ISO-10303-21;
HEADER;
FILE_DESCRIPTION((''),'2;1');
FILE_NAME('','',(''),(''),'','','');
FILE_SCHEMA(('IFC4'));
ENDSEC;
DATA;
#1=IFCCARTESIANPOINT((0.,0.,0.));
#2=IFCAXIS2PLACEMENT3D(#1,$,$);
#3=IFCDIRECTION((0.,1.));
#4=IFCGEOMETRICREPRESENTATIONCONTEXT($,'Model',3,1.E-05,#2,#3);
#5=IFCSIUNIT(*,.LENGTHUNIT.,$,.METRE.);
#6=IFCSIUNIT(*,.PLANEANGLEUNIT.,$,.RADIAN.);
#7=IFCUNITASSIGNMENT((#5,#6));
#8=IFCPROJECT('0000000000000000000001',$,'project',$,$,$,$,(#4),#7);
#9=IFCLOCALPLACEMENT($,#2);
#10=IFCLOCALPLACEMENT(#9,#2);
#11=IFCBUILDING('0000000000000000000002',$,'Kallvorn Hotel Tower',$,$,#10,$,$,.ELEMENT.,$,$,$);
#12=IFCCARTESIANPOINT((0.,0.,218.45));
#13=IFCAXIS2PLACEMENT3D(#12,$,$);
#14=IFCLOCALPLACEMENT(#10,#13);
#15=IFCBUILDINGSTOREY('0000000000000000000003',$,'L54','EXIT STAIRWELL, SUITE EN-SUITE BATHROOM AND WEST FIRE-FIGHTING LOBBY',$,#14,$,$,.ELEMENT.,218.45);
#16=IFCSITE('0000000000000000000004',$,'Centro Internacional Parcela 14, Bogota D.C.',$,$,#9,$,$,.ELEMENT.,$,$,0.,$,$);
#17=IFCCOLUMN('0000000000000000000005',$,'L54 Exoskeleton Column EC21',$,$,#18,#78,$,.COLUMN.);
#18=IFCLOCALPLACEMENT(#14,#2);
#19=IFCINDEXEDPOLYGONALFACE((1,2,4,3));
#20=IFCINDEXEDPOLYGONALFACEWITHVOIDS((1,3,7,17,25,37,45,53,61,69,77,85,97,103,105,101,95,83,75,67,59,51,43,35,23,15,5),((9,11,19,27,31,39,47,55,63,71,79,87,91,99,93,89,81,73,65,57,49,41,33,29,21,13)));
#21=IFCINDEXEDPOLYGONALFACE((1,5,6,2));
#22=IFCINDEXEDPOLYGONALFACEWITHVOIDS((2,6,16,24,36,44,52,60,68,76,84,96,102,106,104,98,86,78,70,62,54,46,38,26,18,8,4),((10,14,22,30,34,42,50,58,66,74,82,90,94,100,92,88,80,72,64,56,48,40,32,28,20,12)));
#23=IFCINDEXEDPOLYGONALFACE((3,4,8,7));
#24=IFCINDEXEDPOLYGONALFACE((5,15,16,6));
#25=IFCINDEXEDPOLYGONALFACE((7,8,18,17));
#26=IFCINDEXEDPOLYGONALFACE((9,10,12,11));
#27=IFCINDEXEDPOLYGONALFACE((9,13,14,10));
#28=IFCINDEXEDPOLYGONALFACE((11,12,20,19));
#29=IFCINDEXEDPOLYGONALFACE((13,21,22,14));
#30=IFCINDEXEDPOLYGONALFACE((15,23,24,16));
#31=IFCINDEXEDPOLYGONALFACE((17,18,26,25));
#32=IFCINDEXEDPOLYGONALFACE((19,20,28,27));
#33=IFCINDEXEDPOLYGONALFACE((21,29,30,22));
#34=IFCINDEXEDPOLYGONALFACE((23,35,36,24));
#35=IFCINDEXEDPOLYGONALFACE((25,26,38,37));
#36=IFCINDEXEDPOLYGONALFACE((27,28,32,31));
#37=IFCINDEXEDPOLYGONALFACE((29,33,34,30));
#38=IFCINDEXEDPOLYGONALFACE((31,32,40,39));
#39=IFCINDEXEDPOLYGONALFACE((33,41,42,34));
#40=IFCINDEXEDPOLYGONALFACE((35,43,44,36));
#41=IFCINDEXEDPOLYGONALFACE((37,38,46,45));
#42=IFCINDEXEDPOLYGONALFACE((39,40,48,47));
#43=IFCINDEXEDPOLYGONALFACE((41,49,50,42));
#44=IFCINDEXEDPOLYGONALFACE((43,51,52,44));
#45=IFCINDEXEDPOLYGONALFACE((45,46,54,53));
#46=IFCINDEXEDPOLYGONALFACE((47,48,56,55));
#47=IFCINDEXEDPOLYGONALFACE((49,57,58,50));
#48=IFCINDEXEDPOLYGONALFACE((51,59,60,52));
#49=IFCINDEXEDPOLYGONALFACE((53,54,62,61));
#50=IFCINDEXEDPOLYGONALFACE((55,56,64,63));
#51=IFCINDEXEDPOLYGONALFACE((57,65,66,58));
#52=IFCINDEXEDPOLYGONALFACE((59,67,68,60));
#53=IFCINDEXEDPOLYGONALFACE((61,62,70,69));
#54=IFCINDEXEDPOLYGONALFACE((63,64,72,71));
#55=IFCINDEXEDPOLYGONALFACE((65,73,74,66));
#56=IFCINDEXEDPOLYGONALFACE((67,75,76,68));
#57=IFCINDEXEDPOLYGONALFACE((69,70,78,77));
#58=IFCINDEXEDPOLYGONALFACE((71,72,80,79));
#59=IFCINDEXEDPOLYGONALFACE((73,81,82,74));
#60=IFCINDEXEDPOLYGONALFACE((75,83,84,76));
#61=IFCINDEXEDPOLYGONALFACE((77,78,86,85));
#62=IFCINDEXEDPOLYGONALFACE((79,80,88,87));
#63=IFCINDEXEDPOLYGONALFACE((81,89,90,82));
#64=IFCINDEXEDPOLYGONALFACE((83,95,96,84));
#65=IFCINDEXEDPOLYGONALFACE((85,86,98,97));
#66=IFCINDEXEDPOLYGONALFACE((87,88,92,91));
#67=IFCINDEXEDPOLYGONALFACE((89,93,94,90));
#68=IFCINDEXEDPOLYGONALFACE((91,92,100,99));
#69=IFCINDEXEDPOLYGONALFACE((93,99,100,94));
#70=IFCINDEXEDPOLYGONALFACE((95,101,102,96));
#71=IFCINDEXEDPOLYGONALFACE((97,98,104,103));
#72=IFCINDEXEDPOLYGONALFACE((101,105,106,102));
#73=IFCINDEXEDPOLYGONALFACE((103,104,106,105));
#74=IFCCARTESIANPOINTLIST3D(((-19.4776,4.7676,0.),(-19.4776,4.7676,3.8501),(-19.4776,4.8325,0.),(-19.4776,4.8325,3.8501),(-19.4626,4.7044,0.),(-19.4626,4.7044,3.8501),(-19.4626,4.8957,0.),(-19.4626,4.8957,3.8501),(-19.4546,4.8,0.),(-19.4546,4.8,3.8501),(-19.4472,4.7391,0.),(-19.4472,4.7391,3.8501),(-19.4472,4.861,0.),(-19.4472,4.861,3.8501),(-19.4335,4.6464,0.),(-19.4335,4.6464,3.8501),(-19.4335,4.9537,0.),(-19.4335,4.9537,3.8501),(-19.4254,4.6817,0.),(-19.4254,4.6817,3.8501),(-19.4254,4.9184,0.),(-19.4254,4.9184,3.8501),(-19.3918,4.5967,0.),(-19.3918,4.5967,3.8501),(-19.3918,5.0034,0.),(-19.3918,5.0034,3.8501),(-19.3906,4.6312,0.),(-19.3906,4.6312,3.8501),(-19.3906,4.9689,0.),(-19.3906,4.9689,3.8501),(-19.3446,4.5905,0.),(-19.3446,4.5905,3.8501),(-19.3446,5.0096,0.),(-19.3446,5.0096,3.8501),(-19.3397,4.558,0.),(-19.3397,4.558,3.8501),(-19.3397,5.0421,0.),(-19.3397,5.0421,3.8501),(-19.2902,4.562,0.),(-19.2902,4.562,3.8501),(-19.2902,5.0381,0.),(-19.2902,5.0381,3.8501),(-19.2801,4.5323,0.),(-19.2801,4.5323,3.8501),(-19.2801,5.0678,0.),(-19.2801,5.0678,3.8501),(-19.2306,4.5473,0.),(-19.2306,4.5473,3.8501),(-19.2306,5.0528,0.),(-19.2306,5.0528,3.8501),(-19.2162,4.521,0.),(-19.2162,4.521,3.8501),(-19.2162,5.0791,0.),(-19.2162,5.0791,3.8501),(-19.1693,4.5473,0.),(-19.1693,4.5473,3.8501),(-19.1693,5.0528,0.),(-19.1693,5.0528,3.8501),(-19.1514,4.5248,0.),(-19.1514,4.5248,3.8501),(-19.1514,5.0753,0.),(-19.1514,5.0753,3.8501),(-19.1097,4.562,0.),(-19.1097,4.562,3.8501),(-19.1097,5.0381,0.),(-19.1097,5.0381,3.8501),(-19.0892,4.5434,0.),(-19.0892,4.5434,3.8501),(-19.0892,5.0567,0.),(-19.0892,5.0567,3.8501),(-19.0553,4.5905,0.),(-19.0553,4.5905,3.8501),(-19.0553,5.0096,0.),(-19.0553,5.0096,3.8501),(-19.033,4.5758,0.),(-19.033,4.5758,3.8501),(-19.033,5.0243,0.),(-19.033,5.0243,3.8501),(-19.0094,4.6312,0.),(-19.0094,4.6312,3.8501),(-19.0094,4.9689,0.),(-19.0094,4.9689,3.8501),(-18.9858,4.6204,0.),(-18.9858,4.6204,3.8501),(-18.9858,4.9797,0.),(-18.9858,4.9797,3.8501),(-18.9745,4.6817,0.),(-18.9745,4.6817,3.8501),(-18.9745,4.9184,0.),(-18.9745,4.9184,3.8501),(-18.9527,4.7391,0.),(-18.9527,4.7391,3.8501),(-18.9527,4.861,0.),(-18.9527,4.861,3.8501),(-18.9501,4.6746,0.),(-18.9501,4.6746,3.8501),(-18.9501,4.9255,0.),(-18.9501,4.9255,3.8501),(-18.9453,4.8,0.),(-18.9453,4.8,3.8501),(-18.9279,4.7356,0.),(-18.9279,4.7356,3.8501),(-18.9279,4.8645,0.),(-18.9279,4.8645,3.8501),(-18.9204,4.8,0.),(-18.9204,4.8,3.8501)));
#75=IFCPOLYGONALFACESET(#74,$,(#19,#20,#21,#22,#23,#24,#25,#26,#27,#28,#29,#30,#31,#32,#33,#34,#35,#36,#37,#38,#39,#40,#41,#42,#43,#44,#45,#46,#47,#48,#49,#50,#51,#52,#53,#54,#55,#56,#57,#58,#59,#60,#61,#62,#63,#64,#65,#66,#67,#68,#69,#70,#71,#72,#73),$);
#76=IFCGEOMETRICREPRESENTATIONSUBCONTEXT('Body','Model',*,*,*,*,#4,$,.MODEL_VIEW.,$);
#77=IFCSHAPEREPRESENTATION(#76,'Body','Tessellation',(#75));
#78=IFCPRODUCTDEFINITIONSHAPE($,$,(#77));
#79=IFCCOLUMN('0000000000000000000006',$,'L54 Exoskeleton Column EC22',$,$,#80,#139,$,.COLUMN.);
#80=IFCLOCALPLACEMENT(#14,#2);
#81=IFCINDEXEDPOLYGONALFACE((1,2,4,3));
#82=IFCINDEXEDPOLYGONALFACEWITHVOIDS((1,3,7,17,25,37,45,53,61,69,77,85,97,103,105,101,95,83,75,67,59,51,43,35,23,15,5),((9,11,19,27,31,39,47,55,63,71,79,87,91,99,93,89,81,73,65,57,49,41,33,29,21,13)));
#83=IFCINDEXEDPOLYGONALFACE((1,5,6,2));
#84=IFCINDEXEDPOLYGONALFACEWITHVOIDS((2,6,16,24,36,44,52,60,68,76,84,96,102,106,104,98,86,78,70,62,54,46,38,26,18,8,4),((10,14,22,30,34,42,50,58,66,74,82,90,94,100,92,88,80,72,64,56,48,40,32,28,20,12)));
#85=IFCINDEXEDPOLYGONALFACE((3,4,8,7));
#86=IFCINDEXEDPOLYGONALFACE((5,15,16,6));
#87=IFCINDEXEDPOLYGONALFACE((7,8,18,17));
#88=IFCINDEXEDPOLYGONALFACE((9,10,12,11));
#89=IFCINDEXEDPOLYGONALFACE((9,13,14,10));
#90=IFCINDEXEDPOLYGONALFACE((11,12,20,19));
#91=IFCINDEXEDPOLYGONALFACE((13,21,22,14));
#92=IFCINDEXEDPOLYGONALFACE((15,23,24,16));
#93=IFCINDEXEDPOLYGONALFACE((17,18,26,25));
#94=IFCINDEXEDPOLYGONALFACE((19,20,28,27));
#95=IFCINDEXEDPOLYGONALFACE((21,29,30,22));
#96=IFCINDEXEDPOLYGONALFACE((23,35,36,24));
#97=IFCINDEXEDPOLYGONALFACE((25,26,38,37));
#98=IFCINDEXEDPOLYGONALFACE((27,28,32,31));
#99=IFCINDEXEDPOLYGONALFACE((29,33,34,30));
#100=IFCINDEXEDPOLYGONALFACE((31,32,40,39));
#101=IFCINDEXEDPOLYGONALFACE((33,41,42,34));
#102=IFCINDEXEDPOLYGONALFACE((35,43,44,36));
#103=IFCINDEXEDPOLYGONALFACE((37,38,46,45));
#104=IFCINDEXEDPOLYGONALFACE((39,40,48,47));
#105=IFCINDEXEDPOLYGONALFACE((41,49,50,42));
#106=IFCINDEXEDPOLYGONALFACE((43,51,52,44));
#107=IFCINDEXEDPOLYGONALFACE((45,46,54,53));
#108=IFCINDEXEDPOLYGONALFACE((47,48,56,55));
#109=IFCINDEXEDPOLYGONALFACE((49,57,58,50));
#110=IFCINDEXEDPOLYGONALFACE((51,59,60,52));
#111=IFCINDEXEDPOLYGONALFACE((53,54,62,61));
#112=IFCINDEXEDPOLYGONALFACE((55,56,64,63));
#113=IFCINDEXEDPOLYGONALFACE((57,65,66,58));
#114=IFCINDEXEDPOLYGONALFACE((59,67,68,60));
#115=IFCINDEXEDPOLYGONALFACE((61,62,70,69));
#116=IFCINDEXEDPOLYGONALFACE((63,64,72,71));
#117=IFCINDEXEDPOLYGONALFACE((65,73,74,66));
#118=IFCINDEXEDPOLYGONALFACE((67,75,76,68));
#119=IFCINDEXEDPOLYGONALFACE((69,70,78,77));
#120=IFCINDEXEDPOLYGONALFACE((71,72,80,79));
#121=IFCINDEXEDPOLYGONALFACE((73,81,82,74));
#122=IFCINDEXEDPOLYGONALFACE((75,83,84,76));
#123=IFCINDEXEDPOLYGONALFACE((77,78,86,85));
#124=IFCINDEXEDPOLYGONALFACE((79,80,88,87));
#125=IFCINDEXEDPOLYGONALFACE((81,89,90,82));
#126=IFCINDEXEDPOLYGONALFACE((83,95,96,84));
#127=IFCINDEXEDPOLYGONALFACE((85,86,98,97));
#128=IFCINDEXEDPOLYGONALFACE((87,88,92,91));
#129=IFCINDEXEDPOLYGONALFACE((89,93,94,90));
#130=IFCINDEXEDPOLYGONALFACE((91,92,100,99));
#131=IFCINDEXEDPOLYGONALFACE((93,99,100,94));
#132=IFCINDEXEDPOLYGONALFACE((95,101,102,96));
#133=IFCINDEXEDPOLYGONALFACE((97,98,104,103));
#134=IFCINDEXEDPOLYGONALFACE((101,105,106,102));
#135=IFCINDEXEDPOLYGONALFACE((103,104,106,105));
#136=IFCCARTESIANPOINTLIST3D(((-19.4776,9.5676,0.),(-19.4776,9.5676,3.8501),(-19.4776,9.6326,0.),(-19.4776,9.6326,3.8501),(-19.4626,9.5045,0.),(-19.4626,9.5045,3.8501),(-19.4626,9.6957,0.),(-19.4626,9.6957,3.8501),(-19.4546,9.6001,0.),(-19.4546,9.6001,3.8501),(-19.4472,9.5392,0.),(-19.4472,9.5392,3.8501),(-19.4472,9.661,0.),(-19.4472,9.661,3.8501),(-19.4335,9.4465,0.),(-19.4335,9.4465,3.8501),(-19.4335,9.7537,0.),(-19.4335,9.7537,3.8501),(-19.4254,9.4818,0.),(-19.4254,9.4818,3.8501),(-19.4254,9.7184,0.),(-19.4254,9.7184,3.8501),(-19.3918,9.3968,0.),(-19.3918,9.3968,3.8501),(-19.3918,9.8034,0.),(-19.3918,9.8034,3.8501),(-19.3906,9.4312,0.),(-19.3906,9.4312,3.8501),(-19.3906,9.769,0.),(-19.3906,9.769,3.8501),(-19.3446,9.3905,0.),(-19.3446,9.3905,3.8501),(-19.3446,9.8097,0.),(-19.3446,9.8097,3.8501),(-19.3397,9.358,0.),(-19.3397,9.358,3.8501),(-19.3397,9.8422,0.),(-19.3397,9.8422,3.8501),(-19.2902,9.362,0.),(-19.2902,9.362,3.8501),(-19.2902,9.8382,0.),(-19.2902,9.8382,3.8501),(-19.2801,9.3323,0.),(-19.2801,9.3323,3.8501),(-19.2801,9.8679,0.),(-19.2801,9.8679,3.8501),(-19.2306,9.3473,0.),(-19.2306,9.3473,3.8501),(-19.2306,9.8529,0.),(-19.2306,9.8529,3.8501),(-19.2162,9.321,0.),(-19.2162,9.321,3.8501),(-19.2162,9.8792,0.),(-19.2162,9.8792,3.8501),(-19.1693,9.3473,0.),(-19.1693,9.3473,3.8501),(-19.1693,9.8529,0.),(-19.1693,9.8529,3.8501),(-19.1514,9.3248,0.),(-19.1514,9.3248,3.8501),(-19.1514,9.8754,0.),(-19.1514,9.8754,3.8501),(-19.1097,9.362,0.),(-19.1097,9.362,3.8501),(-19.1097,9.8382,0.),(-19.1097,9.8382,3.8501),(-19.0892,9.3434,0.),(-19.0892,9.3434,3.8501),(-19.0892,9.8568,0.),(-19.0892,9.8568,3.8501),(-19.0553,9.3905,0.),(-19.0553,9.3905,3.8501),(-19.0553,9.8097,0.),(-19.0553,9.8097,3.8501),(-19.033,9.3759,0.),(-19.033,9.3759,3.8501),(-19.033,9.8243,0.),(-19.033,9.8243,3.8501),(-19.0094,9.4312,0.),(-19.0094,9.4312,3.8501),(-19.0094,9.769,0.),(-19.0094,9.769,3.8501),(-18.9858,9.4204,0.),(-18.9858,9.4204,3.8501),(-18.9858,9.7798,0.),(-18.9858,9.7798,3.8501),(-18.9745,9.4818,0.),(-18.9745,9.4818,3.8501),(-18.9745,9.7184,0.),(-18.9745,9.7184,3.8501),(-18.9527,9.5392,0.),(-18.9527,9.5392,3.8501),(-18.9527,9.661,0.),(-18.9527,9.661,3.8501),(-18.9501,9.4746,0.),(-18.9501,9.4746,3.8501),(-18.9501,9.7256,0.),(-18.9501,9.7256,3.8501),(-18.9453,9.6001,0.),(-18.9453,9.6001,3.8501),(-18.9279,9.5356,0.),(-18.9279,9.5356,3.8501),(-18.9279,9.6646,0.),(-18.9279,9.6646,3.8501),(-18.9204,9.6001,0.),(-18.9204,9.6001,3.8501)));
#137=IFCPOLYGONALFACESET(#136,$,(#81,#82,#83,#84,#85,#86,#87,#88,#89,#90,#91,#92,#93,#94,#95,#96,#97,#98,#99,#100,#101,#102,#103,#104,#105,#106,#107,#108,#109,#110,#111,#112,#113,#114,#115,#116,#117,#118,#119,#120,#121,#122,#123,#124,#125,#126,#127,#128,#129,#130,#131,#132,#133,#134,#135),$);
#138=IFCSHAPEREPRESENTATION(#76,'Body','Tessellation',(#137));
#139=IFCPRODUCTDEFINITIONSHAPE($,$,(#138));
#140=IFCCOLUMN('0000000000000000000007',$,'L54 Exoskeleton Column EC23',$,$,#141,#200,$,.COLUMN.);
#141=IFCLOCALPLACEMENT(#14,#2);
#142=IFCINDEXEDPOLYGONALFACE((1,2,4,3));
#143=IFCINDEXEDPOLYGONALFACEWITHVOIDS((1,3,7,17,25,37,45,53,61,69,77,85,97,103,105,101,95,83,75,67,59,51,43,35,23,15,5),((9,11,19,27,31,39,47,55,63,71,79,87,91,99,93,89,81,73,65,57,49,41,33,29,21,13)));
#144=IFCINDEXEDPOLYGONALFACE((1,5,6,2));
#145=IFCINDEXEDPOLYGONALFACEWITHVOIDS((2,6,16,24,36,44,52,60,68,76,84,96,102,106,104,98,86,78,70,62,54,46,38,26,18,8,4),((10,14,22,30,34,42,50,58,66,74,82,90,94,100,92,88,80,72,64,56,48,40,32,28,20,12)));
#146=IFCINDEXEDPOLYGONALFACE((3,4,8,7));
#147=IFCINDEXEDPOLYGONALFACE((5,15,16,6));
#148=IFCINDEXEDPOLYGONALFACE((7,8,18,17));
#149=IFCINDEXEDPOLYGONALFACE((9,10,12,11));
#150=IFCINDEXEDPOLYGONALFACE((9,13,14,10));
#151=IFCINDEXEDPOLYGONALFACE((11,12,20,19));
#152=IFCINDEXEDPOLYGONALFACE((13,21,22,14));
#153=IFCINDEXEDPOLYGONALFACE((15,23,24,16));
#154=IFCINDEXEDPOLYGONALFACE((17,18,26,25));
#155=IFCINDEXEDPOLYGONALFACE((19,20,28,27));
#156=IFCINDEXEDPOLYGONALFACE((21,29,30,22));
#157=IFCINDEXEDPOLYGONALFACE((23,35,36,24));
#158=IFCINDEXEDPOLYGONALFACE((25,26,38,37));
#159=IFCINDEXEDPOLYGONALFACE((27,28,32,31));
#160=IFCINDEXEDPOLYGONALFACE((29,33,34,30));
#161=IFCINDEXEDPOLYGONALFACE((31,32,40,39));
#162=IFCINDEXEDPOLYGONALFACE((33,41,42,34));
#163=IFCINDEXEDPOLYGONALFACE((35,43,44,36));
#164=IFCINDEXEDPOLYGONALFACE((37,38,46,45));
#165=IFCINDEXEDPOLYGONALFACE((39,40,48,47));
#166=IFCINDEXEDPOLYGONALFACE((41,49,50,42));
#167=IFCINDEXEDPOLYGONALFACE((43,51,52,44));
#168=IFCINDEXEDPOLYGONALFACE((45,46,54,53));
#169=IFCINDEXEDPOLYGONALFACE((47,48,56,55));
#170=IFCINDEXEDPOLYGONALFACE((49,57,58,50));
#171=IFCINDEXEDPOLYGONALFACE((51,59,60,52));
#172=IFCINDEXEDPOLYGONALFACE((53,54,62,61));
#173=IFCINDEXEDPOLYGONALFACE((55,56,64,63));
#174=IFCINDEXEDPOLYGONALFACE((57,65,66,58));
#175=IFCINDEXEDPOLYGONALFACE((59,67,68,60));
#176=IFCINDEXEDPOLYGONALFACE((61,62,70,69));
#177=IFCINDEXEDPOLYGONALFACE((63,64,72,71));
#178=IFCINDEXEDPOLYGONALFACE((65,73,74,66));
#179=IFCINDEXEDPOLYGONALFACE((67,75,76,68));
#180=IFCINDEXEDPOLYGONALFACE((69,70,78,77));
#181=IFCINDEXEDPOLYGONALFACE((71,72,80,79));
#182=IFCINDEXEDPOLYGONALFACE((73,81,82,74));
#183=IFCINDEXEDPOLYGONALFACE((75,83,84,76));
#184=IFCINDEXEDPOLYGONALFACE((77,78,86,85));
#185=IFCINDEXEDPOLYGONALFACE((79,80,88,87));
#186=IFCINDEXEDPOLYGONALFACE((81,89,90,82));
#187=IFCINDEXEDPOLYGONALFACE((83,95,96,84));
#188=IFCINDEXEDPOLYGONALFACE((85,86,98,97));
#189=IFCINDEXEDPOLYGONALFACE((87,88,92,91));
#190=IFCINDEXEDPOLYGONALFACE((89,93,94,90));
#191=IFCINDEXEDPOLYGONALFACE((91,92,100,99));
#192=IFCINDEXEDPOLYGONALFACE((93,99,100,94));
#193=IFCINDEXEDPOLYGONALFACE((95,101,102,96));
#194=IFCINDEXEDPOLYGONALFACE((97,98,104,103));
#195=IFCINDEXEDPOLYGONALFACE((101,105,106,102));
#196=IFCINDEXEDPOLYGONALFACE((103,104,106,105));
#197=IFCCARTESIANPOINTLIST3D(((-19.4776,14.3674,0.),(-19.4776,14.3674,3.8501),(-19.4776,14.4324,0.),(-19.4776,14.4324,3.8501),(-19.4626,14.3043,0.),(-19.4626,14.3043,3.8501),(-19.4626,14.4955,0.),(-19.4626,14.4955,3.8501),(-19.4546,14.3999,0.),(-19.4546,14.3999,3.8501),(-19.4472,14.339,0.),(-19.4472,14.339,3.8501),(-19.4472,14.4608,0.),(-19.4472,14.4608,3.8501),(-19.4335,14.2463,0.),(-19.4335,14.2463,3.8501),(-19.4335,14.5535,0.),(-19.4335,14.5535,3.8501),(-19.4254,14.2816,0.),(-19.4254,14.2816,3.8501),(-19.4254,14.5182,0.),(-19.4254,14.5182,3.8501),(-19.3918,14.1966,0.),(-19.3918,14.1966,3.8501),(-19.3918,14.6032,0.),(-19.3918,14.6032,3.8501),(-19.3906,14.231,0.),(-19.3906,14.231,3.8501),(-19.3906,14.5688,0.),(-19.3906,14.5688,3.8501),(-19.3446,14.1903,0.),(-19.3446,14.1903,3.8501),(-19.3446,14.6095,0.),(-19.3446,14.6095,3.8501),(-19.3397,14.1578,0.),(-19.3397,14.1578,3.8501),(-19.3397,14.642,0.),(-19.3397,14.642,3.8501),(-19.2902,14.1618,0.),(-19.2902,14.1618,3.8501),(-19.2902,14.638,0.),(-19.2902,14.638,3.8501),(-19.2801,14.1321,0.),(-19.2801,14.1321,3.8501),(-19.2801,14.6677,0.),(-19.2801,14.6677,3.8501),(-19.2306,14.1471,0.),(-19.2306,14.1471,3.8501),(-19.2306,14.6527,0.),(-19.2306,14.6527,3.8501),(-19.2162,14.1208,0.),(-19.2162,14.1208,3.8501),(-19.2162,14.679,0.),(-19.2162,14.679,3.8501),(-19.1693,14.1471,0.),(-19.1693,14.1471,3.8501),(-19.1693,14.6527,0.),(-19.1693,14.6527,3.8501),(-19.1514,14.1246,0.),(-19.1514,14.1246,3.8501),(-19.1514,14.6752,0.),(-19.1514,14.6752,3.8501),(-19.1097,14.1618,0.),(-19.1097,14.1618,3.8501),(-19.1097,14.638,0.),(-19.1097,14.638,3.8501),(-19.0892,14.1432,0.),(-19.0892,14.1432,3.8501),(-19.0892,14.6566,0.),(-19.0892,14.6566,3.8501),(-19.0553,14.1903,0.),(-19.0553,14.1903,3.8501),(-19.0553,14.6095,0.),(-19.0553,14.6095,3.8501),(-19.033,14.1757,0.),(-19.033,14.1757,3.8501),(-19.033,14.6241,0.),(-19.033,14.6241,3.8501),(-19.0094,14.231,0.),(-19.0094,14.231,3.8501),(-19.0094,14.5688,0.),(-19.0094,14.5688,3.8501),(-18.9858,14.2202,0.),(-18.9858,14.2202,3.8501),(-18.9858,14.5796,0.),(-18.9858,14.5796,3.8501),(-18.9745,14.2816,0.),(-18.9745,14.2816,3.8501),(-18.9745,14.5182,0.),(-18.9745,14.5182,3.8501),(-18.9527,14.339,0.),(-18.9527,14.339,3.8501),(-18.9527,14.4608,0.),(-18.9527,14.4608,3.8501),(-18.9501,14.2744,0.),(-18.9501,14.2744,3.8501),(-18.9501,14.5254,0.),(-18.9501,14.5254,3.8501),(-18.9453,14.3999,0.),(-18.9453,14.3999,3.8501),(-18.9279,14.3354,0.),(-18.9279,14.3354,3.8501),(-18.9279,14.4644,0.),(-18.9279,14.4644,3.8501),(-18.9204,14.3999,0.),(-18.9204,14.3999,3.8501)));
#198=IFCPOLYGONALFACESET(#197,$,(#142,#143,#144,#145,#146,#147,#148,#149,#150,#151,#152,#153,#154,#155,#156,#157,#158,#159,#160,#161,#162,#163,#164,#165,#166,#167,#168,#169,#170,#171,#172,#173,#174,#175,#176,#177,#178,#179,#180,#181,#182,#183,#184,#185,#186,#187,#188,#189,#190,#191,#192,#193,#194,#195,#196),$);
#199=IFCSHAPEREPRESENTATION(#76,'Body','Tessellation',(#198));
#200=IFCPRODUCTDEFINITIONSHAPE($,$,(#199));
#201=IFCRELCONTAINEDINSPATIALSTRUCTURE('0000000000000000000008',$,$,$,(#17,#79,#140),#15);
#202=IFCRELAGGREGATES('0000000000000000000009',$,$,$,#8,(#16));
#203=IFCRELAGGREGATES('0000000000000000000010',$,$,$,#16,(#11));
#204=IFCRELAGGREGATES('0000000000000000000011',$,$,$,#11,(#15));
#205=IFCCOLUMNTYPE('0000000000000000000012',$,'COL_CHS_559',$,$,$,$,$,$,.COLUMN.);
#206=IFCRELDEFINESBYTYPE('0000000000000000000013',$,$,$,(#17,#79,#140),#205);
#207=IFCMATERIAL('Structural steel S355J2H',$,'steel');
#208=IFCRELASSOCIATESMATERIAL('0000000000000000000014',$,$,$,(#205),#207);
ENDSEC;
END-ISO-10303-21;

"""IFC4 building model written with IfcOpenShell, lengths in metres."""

from ifc_helpers import new_model, si_unit, direction, frame, origin, origin_2d, place, context, subcontext, project, spatial, hollow_circle, extrude, material, material_profile, profile_set, type_object, element, save


model = new_model("IFC4")

# Units and contexts
model_context = context("Model", 3, precision=1e-05, world=origin(), true_north=direction((0.0, 1.0)))
body_context = subcontext(model_context, "Body", "Model", "MODEL_VIEW")
ifc_project = project(units=[si_unit("LENGTHUNIT", "METRE"), si_unit("PLANEANGLEUNIT", "RADIAN")], contexts=[model_context])

# Site, building, storey
site_placement = place(None, origin())
site = spatial("IfcSite", under=ifc_project, at=site_placement, Name="Centro Internacional Parcela 14, Bogota D.C.", CompositionType="ELEMENT", RefElevation=0.0)
building_placement = place(site_placement, origin())
building = spatial("IfcBuilding", under=site, at=building_placement, Name="Kallvorn Hotel Tower", CompositionType="ELEMENT")
storey_placement = place(building_placement, frame((0.0, 0.0, 218.45)))
storey = spatial("IfcBuildingStorey", under=building, at=storey_placement, Name="L54", Description="EXIT STAIRWELL, SUITE EN-SUITE BATHROOM AND WEST FIRE-FIGHTING LOBBY", CompositionType="ELEMENT", Elevation=218.45)

# Columns
ifc_material_1 = material(Name="Structural steel S355J2H", Category="steel")
ifc_material_profile_1 = material_profile(ifc_material_1, hollow_circle(Radius=0.2795, WallThickness=0.0249, at=origin_2d()), Name="CHS 559x25")
ifc_profile_set_1 = profile_set([ifc_material_profile_1], Name="Structural steel S355J2H")
column_type_1 = type_object("IfcColumnType", Name="COL_CHS_559", PredefinedType="COLUMN", material=ifc_profile_set_1)
for number, where, z_axis, x_axis, name in (
    (1, (-19.2, 4.8, 0.0), (0.0, 0.0, 1.0), (1.0, 0.0, 0.0), "L54 Exoskeleton Column EC21"),
    (2, (-19.2, 9.6001, 0.0), (0.0, 0.0, 1.0), (1.0, 0.0, 0.0), "L54 Exoskeleton Column EC22"),
    (3, (-19.2, 14.3999, 0.0), (0.0, 0.0, 1.0), (1.0, 0.0, 0.0), "L54 Exoskeleton Column EC23"),
):
    element("IfcColumn", number, at=place(storey_placement, frame(where, z_axis=z_axis, x_axis=x_axis)), inside=storey, type_object=column_type_1, Name=name, PredefinedType="COLUMN", context=body_context, shape_type="SweptSolid", body=[
        extrude(hollow_circle(Radius=0.2795, WallThickness=0.0249, at=origin_2d()), origin(), (0.0, 0.0, 1.0), 3.8501),
    ])

save(model, "model.ifc")
